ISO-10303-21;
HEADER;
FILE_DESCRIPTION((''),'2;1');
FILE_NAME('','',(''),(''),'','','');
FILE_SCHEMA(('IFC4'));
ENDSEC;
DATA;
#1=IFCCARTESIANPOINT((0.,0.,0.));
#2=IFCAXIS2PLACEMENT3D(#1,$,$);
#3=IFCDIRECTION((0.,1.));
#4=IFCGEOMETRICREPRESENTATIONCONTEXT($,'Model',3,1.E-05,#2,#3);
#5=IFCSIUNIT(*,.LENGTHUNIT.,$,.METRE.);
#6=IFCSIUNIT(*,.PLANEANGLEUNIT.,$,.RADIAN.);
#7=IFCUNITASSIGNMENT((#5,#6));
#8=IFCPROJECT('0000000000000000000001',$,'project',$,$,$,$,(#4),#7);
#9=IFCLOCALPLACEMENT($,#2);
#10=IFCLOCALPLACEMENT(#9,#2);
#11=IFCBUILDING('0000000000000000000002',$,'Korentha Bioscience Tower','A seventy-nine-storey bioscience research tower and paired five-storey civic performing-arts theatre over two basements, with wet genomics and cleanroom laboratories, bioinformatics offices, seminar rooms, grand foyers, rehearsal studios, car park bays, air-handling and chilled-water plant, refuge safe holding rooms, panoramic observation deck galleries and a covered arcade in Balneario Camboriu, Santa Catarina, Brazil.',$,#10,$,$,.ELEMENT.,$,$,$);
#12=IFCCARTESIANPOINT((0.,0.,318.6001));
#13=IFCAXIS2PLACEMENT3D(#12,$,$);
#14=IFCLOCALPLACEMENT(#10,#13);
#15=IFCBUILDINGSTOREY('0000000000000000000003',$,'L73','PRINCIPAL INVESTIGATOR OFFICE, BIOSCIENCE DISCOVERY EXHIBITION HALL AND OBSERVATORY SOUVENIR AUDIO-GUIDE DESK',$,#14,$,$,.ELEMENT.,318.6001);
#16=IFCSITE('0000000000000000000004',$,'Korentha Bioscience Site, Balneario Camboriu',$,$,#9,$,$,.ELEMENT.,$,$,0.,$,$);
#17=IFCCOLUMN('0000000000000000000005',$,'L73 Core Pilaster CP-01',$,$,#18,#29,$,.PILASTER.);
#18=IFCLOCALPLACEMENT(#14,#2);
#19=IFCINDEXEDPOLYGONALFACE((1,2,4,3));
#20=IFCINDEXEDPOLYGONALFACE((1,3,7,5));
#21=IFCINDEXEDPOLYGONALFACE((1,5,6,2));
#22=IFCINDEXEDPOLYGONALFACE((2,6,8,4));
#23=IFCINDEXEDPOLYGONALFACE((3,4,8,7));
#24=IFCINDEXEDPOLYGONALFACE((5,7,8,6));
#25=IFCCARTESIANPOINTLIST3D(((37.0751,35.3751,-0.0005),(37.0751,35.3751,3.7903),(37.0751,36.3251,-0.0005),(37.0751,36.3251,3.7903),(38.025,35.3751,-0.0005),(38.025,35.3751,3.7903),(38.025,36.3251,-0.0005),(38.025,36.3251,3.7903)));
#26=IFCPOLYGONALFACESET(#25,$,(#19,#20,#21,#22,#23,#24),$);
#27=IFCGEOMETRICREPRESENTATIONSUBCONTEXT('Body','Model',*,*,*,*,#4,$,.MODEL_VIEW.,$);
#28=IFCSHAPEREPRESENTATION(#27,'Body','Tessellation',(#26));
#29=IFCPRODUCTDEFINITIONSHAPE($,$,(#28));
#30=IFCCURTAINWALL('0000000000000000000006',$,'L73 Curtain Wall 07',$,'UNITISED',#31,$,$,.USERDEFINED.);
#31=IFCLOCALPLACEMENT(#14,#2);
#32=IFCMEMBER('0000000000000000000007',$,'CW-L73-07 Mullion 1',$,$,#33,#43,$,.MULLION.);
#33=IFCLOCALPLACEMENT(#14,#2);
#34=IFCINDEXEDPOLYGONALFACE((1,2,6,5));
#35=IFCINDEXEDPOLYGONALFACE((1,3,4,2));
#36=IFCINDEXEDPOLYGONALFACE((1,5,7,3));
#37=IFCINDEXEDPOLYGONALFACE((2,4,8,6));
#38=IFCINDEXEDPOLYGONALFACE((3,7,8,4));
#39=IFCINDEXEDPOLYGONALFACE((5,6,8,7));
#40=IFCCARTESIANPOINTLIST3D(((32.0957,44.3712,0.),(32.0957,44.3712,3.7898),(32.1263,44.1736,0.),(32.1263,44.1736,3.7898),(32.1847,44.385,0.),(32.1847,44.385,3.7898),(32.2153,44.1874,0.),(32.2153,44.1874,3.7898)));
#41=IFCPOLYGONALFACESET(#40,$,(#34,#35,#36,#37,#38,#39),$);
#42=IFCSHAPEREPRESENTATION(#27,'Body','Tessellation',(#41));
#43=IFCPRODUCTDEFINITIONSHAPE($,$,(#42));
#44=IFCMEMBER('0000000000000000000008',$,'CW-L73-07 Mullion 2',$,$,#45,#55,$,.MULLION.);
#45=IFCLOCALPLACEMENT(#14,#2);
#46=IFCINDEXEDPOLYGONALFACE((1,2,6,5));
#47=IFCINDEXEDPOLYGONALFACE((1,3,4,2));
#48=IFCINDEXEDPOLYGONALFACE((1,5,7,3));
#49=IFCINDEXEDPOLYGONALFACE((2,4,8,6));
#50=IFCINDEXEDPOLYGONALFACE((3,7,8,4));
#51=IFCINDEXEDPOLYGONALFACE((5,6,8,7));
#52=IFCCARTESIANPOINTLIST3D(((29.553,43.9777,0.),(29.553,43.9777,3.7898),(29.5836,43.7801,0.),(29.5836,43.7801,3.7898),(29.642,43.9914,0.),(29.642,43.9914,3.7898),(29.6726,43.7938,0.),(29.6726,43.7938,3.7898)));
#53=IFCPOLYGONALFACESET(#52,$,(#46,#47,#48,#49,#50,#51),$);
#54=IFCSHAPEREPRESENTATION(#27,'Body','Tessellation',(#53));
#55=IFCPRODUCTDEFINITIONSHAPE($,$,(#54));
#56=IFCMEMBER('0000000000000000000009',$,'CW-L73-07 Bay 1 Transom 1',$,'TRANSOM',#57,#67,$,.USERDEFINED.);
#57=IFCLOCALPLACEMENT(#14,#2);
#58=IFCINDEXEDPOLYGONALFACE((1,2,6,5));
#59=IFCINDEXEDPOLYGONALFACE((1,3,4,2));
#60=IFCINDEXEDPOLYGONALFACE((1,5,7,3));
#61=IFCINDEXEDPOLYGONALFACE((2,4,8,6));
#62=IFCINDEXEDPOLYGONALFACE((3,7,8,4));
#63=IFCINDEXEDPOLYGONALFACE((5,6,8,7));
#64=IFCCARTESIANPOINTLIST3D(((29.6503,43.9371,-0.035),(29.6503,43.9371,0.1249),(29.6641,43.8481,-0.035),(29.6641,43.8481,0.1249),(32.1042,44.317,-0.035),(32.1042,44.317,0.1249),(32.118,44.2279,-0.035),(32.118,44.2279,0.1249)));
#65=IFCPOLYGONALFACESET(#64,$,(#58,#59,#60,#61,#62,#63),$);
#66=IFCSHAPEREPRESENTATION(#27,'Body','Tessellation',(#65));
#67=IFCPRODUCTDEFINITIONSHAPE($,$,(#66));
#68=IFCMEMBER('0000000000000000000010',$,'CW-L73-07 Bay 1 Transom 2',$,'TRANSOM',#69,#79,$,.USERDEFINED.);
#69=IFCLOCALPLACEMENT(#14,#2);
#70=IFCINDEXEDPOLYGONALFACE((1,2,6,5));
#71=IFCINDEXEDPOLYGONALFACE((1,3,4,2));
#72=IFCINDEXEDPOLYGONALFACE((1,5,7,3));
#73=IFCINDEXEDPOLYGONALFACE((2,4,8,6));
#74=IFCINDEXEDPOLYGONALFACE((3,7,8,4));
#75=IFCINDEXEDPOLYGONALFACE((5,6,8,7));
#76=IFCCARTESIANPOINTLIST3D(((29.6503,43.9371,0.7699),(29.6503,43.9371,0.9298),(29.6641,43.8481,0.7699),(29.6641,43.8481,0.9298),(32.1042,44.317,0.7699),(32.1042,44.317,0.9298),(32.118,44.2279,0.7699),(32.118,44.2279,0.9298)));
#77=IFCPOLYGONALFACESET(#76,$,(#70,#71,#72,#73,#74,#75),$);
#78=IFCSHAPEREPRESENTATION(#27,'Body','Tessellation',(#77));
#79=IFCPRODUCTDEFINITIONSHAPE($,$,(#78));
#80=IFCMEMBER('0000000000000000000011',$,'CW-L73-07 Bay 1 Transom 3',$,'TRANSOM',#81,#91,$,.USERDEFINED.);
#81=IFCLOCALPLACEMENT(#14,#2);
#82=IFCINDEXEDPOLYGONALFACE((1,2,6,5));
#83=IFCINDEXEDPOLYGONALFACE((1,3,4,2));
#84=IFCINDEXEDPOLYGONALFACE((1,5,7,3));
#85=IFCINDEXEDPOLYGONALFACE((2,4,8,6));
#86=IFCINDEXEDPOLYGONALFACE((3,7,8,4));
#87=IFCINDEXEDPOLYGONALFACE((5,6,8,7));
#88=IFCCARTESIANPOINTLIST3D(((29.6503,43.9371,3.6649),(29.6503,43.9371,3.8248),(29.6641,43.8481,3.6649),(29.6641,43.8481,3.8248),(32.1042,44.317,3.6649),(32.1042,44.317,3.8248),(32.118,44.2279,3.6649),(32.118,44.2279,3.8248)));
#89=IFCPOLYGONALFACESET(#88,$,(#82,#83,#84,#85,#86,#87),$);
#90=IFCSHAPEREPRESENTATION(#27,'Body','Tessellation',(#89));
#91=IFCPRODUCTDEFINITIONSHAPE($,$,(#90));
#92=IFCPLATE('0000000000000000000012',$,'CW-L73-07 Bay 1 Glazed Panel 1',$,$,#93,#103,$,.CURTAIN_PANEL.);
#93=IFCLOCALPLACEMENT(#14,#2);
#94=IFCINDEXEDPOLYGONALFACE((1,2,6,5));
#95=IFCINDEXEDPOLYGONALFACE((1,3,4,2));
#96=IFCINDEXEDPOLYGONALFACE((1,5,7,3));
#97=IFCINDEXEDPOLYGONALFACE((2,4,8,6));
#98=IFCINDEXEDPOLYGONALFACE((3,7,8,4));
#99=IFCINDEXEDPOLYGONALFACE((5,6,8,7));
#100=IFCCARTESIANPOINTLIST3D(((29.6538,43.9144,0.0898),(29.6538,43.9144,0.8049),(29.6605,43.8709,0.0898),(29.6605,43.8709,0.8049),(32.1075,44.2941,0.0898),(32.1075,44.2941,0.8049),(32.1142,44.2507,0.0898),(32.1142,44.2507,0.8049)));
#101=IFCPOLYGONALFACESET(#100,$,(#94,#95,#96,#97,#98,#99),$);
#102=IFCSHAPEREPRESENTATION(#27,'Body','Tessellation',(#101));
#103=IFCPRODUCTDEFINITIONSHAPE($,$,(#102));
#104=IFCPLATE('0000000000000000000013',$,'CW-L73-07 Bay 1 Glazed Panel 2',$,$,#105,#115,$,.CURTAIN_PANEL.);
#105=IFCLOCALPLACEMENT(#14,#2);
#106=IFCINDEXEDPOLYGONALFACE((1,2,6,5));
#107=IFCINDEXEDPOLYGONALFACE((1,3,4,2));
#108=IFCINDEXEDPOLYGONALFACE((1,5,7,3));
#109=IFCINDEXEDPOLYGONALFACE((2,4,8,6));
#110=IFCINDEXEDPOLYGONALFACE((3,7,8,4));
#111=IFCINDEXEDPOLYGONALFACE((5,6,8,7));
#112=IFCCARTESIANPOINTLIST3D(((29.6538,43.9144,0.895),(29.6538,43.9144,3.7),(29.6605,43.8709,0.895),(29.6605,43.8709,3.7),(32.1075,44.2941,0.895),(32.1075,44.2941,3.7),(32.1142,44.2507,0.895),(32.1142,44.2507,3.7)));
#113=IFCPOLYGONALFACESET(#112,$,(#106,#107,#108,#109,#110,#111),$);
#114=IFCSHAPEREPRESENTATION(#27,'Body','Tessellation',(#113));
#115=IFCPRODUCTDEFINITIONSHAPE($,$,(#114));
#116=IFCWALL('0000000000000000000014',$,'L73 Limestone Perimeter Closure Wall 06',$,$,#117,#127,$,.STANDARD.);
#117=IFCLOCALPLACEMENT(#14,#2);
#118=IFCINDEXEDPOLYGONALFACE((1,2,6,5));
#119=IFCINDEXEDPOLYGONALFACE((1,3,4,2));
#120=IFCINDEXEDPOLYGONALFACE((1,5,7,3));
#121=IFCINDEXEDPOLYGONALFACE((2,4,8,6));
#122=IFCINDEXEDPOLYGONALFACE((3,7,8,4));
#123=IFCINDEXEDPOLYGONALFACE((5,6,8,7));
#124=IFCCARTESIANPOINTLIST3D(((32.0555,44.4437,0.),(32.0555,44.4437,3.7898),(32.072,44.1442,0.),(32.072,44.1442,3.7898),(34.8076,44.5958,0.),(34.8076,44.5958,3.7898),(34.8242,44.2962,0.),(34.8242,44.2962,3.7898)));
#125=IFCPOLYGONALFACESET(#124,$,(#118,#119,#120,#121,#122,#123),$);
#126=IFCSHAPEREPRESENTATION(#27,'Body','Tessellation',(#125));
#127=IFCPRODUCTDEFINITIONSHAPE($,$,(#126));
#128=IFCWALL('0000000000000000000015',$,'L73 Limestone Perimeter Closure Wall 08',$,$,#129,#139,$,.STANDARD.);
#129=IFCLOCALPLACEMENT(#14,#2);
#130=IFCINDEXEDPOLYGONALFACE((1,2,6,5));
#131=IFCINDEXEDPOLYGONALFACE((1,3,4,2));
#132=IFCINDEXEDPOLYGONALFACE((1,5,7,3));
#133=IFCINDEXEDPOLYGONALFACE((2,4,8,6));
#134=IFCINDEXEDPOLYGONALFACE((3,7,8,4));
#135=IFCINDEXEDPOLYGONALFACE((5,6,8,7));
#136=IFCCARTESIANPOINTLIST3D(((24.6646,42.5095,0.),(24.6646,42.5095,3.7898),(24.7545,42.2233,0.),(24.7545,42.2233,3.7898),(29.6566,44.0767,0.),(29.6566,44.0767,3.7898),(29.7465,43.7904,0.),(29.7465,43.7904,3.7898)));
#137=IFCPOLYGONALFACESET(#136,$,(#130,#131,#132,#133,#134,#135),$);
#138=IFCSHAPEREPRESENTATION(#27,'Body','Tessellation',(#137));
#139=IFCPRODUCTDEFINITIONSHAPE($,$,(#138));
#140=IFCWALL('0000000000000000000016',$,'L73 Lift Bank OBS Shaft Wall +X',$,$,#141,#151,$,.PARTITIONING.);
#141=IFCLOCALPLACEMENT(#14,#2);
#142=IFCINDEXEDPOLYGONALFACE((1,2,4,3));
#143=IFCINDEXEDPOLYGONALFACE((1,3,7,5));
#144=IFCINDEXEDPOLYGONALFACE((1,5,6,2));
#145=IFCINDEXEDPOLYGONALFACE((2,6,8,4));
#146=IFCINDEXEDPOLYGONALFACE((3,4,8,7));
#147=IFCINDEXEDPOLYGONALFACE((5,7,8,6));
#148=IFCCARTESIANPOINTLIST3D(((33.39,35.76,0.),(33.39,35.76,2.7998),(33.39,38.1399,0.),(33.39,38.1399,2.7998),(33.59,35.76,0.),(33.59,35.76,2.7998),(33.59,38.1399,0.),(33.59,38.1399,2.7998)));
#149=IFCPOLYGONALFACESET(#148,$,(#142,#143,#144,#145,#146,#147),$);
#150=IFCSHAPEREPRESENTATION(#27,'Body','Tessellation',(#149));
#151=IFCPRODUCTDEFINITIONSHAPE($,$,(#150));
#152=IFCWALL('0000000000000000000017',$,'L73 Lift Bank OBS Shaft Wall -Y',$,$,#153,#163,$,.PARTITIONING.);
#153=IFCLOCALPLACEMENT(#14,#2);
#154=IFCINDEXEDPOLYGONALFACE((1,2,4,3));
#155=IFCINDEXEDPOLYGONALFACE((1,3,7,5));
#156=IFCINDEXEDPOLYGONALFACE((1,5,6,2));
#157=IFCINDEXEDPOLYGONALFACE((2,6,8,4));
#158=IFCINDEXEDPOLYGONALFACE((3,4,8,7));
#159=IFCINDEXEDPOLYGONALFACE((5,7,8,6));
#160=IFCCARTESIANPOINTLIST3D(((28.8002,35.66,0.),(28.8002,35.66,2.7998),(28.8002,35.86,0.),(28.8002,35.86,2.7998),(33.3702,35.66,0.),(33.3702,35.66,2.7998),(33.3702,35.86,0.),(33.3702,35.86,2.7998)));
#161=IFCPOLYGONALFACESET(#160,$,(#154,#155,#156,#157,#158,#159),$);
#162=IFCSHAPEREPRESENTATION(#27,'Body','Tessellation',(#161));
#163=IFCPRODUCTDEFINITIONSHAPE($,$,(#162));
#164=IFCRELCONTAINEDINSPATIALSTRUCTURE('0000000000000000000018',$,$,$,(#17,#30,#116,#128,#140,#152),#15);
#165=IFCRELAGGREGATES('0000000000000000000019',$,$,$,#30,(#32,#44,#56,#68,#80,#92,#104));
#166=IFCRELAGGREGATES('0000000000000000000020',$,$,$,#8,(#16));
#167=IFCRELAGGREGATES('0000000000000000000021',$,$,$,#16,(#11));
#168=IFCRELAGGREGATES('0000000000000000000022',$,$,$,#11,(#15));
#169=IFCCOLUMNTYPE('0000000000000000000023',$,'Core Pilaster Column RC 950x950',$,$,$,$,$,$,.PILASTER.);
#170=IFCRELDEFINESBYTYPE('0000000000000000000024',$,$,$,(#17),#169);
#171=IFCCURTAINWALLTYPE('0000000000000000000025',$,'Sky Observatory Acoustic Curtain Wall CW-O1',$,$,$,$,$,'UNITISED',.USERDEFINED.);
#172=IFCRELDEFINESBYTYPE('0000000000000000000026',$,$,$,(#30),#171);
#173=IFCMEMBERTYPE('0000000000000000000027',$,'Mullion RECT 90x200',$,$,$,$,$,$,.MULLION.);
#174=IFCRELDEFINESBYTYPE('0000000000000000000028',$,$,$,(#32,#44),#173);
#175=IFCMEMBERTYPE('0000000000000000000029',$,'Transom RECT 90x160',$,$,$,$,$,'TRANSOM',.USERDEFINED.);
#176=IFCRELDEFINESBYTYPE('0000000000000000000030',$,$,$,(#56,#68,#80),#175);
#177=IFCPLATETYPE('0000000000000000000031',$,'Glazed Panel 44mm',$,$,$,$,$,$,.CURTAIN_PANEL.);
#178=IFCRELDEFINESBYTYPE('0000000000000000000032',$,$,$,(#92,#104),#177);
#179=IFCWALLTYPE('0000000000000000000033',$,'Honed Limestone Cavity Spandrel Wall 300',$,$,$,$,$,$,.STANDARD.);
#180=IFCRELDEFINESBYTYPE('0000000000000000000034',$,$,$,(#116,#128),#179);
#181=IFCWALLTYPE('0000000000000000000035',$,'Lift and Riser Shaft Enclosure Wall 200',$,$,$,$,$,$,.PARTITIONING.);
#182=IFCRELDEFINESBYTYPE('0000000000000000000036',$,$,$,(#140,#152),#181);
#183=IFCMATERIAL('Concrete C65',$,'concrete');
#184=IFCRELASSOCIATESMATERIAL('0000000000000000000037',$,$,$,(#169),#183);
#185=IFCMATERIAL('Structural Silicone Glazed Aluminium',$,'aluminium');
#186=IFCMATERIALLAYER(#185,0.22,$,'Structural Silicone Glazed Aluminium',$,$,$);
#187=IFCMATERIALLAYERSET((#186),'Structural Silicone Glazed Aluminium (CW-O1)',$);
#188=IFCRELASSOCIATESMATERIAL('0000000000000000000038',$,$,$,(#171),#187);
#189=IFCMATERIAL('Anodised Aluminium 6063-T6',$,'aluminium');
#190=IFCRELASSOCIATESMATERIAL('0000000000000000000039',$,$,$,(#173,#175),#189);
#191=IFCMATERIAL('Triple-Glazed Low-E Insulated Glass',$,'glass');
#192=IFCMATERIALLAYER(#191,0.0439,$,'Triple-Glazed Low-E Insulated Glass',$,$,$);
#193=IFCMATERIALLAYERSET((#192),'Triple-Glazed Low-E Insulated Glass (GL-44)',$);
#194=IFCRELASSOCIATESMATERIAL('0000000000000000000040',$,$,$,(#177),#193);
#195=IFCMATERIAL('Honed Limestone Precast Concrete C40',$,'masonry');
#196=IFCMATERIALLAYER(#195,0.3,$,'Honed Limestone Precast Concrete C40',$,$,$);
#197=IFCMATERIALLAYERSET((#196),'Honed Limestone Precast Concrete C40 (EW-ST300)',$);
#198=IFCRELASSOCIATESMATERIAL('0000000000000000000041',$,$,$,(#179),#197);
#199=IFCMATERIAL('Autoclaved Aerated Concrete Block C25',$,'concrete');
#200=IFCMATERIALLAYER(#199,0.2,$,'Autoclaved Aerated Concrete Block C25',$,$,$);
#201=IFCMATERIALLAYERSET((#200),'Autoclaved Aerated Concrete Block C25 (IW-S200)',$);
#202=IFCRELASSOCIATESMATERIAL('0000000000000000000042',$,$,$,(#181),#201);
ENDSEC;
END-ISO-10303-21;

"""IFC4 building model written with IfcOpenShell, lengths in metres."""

from ifc_helpers import new_model, si_unit, direction, frame, frame_2d, origin, origin_2d, place, context, subcontext, project, spatial, rectangle, extrude, material, layer, layer_set, material_profile, profile_set, type_object, element, aggregate, save


model = new_model("IFC4")

# Units and contexts
model_context = context("Model", 3, precision=1e-05, world=origin(), true_north=direction((0.0, 1.0)))
body_context = subcontext(model_context, "Body", "Model", "MODEL_VIEW")
ifc_project = project(units=[si_unit("LENGTHUNIT", "METRE"), si_unit("PLANEANGLEUNIT", "RADIAN")], contexts=[model_context])

# Site, building, storey
site_placement = place(None, origin())
site = spatial("IfcSite", under=ifc_project, at=site_placement, Name="Korentha Bioscience Site, Balneario Camboriu", CompositionType="ELEMENT", RefElevation=0.0)
building_placement = place(site_placement, origin())
building = spatial("IfcBuilding", under=site, at=building_placement, Name="Korentha Bioscience Tower", Description="A seventy-nine-storey bioscience research tower and paired five-storey civic performing-arts theatre over two basements, with wet genomics and cleanroom laboratories, bioinformatics offices, seminar rooms, grand foyers, rehearsal studios, car park bays, air-handling and chilled-water plant, refuge safe holding rooms, panoramic observation deck galleries and a covered arcade in Balneario Camboriu, Santa Catarina, Brazil.", CompositionType="ELEMENT")
storey_placement = place(building_placement, frame((0.0, 0.0, 318.6001)))
storey = spatial("IfcBuildingStorey", under=building, at=storey_placement, Name="L73", Description="PRINCIPAL INVESTIGATOR OFFICE, BIOSCIENCE DISCOVERY EXHIBITION HALL AND OBSERVATORY SOUVENIR AUDIO-GUIDE DESK", CompositionType="ELEMENT", Elevation=318.6001)

# Column
ifc_material_1 = material(Name="Concrete C65", Category="concrete")
ifc_material_profile_1 = material_profile(ifc_material_1, rectangle(XDim=0.95, YDim=0.95, at=origin_2d()), Name="Concrete C65")
ifc_profile_set_1 = profile_set([ifc_material_profile_1], Name="Concrete C65 (COL-CP09)")
column_type = type_object("IfcColumnType", Name="Core Pilaster Column RC 950x950", PredefinedType="PILASTER", material=ifc_profile_set_1)
column_placement = place(storey_placement, frame((37.55, 35.8501, -0.0005), z_axis=(0.0, 0.0, 1.0), x_axis=(1.0, 0.0, 0.0)))
element("IfcColumn", 1, at=column_placement, inside=storey, type_object=column_type, Name="L73 Core Pilaster CP-01", PredefinedType="PILASTER", context=body_context, shape_type="SweptSolid", body=[
    extrude(rectangle(XDim=0.95, YDim=0.95, at=origin_2d()), origin(), (0.0, 0.0, 1.0), 3.7908),
])

# Curtain wall, members, plates
ifc_material_2 = material(Name="Structural Silicone Glazed Aluminium", Category="aluminium")
ifc_layer_1 = layer(ifc_material_2, 0.22, Name="Structural Silicone Glazed Aluminium")
ifc_layer_set_1 = layer_set([ifc_layer_1], Name="Structural Silicone Glazed Aluminium (CW-O1)")
curtain_wall_type = type_object("IfcCurtainWallType", Name="Sky Observatory Acoustic Curtain Wall CW-O1", ElementType="UNITISED", PredefinedType="USERDEFINED", material=ifc_layer_set_1)
curtain_wall_placement = place(storey_placement, origin())
curtain_wall = element("IfcCurtainWall", 2, at=curtain_wall_placement, inside=storey, type_object=curtain_wall_type, Name="L73 Curtain Wall 07", ObjectType="UNITISED", PredefinedType="USERDEFINED")
ifc_material_3 = material(Name="Anodised Aluminium 6063-T6", Category="aluminium")
ifc_material_profile_2 = material_profile(ifc_material_3, rectangle(XDim=0.0901, YDim=0.2, at=origin_2d()), Name="Anodised Aluminium 6063-T6")
ifc_profile_set_2 = profile_set([ifc_material_profile_2], Name="Anodised Aluminium 6063-T6 (CW-MUL)")
member_type_1 = type_object("IfcMemberType", Name="Mullion RECT 90x200", PredefinedType="MULLION", material=ifc_profile_set_2)
member_1_placement = place(storey_placement, frame((32.1555, 44.2793, 0.0), z_axis=(0.0, 0.0, 1.0), x_axis=(-0.988234, -0.152952, 0.0)))
member_1 = element("IfcMember", 3, at=member_1_placement, type_object=member_type_1, Name="CW-L73-07 Mullion 1", PredefinedType="MULLION", context=body_context, shape_type="SweptSolid", body=[
    extrude(rectangle(XDim=0.0901, YDim=0.2, at=origin_2d()), origin(), (0.0, 0.0, 1.0), 3.7898),
])
member_2_placement = place(storey_placement, frame((29.6128, 43.8857, 0.0), z_axis=(0.0, 0.0, 1.0), x_axis=(-0.988234, -0.152952, 0.0)))
member_2 = element("IfcMember", 4, at=member_2_placement, type_object=member_type_1, Name="CW-L73-07 Mullion 2", PredefinedType="MULLION", context=body_context, shape_type="SweptSolid", body=[
    extrude(rectangle(XDim=0.0901, YDim=0.2, at=origin_2d()), origin(), (0.0, 0.0, 1.0), 3.7898),
])
ifc_material_profile_3 = material_profile(ifc_material_3, rectangle(XDim=0.0901, YDim=0.1599, at=origin_2d()), Name="Anodised Aluminium 6063-T6")
ifc_profile_set_3 = profile_set([ifc_material_profile_3], Name="Anodised Aluminium 6063-T6 (CW-TRN)")
member_type_2 = type_object("IfcMemberType", Name="Transom RECT 90x160", ElementType="TRANSOM", PredefinedType="USERDEFINED", material=ifc_profile_set_3)
member_3_placement = place(storey_placement, frame((32.1111, 44.2725, 0.0449), z_axis=(-0.988228, -0.152988, 0.0), x_axis=(0.152988, -0.988228, 0.0)))
member_3 = element("IfcMember", 5, at=member_3_placement, type_object=member_type_2, Name="CW-L73-07 Bay 1 Transom 1", ObjectType="TRANSOM", PredefinedType="USERDEFINED", context=body_context, shape_type="SweptSolid", body=[
    extrude(rectangle(XDim=0.0901, YDim=0.1599, at=origin_2d()), origin(), (0.0, 0.0, 1.0), 2.4832),
])
member_4_placement = place(storey_placement, frame((32.1111, 44.2725, 0.8499), z_axis=(-0.988228, -0.152988, 0.0), x_axis=(0.152988, -0.988228, 0.0)))
member_4 = element("IfcMember", 6, at=member_4_placement, type_object=member_type_2, Name="CW-L73-07 Bay 1 Transom 2", ObjectType="TRANSOM", PredefinedType="USERDEFINED", context=body_context, shape_type="SweptSolid", body=[
    extrude(rectangle(XDim=0.0901, YDim=0.1599, at=origin_2d()), origin(), (0.0, 0.0, 1.0), 2.4832),
])
member_5_placement = place(storey_placement, frame((32.1111, 44.2725, 3.7449), z_axis=(-0.988228, -0.152988, 0.0), x_axis=(0.152988, -0.988228, 0.0)))
member_5 = element("IfcMember", 7, at=member_5_placement, type_object=member_type_2, Name="CW-L73-07 Bay 1 Transom 3", ObjectType="TRANSOM", PredefinedType="USERDEFINED", context=body_context, shape_type="SweptSolid", body=[
    extrude(rectangle(XDim=0.0901, YDim=0.1599, at=origin_2d()), origin(), (0.0, 0.0, 1.0), 2.4832),
])
ifc_material_4 = material(Name="Triple-Glazed Low-E Insulated Glass", Category="glass")
ifc_layer_2 = layer(ifc_material_4, 0.0439, Name="Triple-Glazed Low-E Insulated Glass")
ifc_layer_set_2 = layer_set([ifc_layer_2], Name="Triple-Glazed Low-E Insulated Glass (GL-44)")
plate_type = type_object("IfcPlateType", Name="Glazed Panel 44mm", PredefinedType="CURTAIN_PANEL", material=ifc_layer_set_2)
plate_1_placement = place(storey_placement, frame((30.884, 44.0825, 0.0898), z_axis=(0.0, 0.0, 1.0), x_axis=(-0.988234, -0.152952, 0.0)))
plate_1 = element("IfcPlate", 8, at=plate_1_placement, type_object=plate_type, Name="CW-L73-07 Bay 1 Glazed Panel 1", PredefinedType="CURTAIN_PANEL", context=body_context, shape_type="SweptSolid", body=[
    extrude(rectangle(XDim=2.4829, YDim=0.0439, at=origin_2d()), origin(), (0.0, 0.0, 1.0), 0.7151),
])
plate_2_placement = place(storey_placement, frame((30.884, 44.0825, 0.895), z_axis=(0.0, 0.0, 1.0), x_axis=(-0.988234, -0.152952, 0.0)))
plate_2 = element("IfcPlate", 9, at=plate_2_placement, type_object=plate_type, Name="CW-L73-07 Bay 1 Glazed Panel 2", PredefinedType="CURTAIN_PANEL", context=body_context, shape_type="SweptSolid", body=[
    extrude(rectangle(XDim=2.4829, YDim=0.0439, at=origin_2d()), origin(), (0.0, 0.0, 1.0), 2.8049),
])
aggregate(curtain_wall, [member_1, member_2, member_3, member_4, member_5, plate_1, plate_2])

# Walls
ifc_material_5 = material(Name="Honed Limestone Precast Concrete C40", Category="masonry")
ifc_layer_3 = layer(ifc_material_5, 0.3, Name="Honed Limestone Precast Concrete C40")
ifc_layer_set_3 = layer_set([ifc_layer_3], Name="Honed Limestone Precast Concrete C40 (EW-ST300)")
wall_type_1 = type_object("IfcWallType", Name="Honed Limestone Cavity Spandrel Wall 300", PredefinedType="STANDARD", material=ifc_layer_set_3)
wall_1_placement = place(storey_placement, frame((34.8159, 44.446, 0.0), z_axis=(0.0, 0.0, 1.0), x_axis=(-0.998476, -0.055181, 0.0)))
element("IfcWall", 10, at=wall_1_placement, inside=storey, type_object=wall_type_1, Name="L73 Limestone Perimeter Closure Wall 06", PredefinedType="STANDARD", context=body_context, shape_type="SweptSolid", body=[
    extrude(rectangle(XDim=2.7563, YDim=0.3, at=frame_2d((1.3782, 0.0))), origin(), (0.0, 0.0, 1.0), 3.7898),
])
wall_2_placement = place(storey_placement, frame((29.7017, 43.9336, 0.0), z_axis=(0.0, 0.0, 1.0), x_axis=(-0.95409, -0.299521, 0.0)))
element("IfcWall", 11, at=wall_2_placement, inside=storey, type_object=wall_type_1, Name="L73 Limestone Perimeter Closure Wall 08", PredefinedType="STANDARD", context=body_context, shape_type="SweptSolid", body=[
    extrude(rectangle(XDim=5.2322, YDim=0.3, at=frame_2d((2.6162, 0.0))), origin(), (0.0, 0.0, 1.0), 3.7898),
])
ifc_material_6 = material(Name="Autoclaved Aerated Concrete Block C25", Category="concrete")
ifc_layer_4 = layer(ifc_material_6, 0.2, Name="Autoclaved Aerated Concrete Block C25")
ifc_layer_set_4 = layer_set([ifc_layer_4], Name="Autoclaved Aerated Concrete Block C25 (IW-S200)")
wall_type_2 = type_object("IfcWallType", Name="Lift and Riser Shaft Enclosure Wall 200", PredefinedType="PARTITIONING", material=ifc_layer_set_4)
wall_3_placement = place(storey_placement, frame((33.49, 35.76, 0.0), z_axis=(0.0, 0.0, 1.0), x_axis=(0.0, 1.0, 0.0)))
element("IfcWall", 12, at=wall_3_placement, inside=storey, type_object=wall_type_2, Name="L73 Lift Bank OBS Shaft Wall +X", PredefinedType="PARTITIONING", context=body_context, shape_type="SweptSolid", body=[
    extrude(rectangle(XDim=2.3799, YDim=0.2, at=frame_2d((1.1899, 0.0))), origin(), (0.0, 0.0, 1.0), 2.7998),
])
wall_4_placement = place(storey_placement, frame((28.8, 35.76, 0.0), z_axis=(0.0, 0.0, 1.0), x_axis=(1.0, 0.0, 0.0)))
element("IfcWall", 13, at=wall_4_placement, inside=storey, type_object=wall_type_2, Name="L73 Lift Bank OBS Shaft Wall -Y", PredefinedType="PARTITIONING", context=body_context, shape_type="SweptSolid", body=[
    extrude(rectangle(XDim=4.5701, YDim=0.2, at=frame_2d((2.2852, 0.0))), origin(), (0.0, 0.0, 1.0), 2.7998),
])

save(model, "model.ifc")
